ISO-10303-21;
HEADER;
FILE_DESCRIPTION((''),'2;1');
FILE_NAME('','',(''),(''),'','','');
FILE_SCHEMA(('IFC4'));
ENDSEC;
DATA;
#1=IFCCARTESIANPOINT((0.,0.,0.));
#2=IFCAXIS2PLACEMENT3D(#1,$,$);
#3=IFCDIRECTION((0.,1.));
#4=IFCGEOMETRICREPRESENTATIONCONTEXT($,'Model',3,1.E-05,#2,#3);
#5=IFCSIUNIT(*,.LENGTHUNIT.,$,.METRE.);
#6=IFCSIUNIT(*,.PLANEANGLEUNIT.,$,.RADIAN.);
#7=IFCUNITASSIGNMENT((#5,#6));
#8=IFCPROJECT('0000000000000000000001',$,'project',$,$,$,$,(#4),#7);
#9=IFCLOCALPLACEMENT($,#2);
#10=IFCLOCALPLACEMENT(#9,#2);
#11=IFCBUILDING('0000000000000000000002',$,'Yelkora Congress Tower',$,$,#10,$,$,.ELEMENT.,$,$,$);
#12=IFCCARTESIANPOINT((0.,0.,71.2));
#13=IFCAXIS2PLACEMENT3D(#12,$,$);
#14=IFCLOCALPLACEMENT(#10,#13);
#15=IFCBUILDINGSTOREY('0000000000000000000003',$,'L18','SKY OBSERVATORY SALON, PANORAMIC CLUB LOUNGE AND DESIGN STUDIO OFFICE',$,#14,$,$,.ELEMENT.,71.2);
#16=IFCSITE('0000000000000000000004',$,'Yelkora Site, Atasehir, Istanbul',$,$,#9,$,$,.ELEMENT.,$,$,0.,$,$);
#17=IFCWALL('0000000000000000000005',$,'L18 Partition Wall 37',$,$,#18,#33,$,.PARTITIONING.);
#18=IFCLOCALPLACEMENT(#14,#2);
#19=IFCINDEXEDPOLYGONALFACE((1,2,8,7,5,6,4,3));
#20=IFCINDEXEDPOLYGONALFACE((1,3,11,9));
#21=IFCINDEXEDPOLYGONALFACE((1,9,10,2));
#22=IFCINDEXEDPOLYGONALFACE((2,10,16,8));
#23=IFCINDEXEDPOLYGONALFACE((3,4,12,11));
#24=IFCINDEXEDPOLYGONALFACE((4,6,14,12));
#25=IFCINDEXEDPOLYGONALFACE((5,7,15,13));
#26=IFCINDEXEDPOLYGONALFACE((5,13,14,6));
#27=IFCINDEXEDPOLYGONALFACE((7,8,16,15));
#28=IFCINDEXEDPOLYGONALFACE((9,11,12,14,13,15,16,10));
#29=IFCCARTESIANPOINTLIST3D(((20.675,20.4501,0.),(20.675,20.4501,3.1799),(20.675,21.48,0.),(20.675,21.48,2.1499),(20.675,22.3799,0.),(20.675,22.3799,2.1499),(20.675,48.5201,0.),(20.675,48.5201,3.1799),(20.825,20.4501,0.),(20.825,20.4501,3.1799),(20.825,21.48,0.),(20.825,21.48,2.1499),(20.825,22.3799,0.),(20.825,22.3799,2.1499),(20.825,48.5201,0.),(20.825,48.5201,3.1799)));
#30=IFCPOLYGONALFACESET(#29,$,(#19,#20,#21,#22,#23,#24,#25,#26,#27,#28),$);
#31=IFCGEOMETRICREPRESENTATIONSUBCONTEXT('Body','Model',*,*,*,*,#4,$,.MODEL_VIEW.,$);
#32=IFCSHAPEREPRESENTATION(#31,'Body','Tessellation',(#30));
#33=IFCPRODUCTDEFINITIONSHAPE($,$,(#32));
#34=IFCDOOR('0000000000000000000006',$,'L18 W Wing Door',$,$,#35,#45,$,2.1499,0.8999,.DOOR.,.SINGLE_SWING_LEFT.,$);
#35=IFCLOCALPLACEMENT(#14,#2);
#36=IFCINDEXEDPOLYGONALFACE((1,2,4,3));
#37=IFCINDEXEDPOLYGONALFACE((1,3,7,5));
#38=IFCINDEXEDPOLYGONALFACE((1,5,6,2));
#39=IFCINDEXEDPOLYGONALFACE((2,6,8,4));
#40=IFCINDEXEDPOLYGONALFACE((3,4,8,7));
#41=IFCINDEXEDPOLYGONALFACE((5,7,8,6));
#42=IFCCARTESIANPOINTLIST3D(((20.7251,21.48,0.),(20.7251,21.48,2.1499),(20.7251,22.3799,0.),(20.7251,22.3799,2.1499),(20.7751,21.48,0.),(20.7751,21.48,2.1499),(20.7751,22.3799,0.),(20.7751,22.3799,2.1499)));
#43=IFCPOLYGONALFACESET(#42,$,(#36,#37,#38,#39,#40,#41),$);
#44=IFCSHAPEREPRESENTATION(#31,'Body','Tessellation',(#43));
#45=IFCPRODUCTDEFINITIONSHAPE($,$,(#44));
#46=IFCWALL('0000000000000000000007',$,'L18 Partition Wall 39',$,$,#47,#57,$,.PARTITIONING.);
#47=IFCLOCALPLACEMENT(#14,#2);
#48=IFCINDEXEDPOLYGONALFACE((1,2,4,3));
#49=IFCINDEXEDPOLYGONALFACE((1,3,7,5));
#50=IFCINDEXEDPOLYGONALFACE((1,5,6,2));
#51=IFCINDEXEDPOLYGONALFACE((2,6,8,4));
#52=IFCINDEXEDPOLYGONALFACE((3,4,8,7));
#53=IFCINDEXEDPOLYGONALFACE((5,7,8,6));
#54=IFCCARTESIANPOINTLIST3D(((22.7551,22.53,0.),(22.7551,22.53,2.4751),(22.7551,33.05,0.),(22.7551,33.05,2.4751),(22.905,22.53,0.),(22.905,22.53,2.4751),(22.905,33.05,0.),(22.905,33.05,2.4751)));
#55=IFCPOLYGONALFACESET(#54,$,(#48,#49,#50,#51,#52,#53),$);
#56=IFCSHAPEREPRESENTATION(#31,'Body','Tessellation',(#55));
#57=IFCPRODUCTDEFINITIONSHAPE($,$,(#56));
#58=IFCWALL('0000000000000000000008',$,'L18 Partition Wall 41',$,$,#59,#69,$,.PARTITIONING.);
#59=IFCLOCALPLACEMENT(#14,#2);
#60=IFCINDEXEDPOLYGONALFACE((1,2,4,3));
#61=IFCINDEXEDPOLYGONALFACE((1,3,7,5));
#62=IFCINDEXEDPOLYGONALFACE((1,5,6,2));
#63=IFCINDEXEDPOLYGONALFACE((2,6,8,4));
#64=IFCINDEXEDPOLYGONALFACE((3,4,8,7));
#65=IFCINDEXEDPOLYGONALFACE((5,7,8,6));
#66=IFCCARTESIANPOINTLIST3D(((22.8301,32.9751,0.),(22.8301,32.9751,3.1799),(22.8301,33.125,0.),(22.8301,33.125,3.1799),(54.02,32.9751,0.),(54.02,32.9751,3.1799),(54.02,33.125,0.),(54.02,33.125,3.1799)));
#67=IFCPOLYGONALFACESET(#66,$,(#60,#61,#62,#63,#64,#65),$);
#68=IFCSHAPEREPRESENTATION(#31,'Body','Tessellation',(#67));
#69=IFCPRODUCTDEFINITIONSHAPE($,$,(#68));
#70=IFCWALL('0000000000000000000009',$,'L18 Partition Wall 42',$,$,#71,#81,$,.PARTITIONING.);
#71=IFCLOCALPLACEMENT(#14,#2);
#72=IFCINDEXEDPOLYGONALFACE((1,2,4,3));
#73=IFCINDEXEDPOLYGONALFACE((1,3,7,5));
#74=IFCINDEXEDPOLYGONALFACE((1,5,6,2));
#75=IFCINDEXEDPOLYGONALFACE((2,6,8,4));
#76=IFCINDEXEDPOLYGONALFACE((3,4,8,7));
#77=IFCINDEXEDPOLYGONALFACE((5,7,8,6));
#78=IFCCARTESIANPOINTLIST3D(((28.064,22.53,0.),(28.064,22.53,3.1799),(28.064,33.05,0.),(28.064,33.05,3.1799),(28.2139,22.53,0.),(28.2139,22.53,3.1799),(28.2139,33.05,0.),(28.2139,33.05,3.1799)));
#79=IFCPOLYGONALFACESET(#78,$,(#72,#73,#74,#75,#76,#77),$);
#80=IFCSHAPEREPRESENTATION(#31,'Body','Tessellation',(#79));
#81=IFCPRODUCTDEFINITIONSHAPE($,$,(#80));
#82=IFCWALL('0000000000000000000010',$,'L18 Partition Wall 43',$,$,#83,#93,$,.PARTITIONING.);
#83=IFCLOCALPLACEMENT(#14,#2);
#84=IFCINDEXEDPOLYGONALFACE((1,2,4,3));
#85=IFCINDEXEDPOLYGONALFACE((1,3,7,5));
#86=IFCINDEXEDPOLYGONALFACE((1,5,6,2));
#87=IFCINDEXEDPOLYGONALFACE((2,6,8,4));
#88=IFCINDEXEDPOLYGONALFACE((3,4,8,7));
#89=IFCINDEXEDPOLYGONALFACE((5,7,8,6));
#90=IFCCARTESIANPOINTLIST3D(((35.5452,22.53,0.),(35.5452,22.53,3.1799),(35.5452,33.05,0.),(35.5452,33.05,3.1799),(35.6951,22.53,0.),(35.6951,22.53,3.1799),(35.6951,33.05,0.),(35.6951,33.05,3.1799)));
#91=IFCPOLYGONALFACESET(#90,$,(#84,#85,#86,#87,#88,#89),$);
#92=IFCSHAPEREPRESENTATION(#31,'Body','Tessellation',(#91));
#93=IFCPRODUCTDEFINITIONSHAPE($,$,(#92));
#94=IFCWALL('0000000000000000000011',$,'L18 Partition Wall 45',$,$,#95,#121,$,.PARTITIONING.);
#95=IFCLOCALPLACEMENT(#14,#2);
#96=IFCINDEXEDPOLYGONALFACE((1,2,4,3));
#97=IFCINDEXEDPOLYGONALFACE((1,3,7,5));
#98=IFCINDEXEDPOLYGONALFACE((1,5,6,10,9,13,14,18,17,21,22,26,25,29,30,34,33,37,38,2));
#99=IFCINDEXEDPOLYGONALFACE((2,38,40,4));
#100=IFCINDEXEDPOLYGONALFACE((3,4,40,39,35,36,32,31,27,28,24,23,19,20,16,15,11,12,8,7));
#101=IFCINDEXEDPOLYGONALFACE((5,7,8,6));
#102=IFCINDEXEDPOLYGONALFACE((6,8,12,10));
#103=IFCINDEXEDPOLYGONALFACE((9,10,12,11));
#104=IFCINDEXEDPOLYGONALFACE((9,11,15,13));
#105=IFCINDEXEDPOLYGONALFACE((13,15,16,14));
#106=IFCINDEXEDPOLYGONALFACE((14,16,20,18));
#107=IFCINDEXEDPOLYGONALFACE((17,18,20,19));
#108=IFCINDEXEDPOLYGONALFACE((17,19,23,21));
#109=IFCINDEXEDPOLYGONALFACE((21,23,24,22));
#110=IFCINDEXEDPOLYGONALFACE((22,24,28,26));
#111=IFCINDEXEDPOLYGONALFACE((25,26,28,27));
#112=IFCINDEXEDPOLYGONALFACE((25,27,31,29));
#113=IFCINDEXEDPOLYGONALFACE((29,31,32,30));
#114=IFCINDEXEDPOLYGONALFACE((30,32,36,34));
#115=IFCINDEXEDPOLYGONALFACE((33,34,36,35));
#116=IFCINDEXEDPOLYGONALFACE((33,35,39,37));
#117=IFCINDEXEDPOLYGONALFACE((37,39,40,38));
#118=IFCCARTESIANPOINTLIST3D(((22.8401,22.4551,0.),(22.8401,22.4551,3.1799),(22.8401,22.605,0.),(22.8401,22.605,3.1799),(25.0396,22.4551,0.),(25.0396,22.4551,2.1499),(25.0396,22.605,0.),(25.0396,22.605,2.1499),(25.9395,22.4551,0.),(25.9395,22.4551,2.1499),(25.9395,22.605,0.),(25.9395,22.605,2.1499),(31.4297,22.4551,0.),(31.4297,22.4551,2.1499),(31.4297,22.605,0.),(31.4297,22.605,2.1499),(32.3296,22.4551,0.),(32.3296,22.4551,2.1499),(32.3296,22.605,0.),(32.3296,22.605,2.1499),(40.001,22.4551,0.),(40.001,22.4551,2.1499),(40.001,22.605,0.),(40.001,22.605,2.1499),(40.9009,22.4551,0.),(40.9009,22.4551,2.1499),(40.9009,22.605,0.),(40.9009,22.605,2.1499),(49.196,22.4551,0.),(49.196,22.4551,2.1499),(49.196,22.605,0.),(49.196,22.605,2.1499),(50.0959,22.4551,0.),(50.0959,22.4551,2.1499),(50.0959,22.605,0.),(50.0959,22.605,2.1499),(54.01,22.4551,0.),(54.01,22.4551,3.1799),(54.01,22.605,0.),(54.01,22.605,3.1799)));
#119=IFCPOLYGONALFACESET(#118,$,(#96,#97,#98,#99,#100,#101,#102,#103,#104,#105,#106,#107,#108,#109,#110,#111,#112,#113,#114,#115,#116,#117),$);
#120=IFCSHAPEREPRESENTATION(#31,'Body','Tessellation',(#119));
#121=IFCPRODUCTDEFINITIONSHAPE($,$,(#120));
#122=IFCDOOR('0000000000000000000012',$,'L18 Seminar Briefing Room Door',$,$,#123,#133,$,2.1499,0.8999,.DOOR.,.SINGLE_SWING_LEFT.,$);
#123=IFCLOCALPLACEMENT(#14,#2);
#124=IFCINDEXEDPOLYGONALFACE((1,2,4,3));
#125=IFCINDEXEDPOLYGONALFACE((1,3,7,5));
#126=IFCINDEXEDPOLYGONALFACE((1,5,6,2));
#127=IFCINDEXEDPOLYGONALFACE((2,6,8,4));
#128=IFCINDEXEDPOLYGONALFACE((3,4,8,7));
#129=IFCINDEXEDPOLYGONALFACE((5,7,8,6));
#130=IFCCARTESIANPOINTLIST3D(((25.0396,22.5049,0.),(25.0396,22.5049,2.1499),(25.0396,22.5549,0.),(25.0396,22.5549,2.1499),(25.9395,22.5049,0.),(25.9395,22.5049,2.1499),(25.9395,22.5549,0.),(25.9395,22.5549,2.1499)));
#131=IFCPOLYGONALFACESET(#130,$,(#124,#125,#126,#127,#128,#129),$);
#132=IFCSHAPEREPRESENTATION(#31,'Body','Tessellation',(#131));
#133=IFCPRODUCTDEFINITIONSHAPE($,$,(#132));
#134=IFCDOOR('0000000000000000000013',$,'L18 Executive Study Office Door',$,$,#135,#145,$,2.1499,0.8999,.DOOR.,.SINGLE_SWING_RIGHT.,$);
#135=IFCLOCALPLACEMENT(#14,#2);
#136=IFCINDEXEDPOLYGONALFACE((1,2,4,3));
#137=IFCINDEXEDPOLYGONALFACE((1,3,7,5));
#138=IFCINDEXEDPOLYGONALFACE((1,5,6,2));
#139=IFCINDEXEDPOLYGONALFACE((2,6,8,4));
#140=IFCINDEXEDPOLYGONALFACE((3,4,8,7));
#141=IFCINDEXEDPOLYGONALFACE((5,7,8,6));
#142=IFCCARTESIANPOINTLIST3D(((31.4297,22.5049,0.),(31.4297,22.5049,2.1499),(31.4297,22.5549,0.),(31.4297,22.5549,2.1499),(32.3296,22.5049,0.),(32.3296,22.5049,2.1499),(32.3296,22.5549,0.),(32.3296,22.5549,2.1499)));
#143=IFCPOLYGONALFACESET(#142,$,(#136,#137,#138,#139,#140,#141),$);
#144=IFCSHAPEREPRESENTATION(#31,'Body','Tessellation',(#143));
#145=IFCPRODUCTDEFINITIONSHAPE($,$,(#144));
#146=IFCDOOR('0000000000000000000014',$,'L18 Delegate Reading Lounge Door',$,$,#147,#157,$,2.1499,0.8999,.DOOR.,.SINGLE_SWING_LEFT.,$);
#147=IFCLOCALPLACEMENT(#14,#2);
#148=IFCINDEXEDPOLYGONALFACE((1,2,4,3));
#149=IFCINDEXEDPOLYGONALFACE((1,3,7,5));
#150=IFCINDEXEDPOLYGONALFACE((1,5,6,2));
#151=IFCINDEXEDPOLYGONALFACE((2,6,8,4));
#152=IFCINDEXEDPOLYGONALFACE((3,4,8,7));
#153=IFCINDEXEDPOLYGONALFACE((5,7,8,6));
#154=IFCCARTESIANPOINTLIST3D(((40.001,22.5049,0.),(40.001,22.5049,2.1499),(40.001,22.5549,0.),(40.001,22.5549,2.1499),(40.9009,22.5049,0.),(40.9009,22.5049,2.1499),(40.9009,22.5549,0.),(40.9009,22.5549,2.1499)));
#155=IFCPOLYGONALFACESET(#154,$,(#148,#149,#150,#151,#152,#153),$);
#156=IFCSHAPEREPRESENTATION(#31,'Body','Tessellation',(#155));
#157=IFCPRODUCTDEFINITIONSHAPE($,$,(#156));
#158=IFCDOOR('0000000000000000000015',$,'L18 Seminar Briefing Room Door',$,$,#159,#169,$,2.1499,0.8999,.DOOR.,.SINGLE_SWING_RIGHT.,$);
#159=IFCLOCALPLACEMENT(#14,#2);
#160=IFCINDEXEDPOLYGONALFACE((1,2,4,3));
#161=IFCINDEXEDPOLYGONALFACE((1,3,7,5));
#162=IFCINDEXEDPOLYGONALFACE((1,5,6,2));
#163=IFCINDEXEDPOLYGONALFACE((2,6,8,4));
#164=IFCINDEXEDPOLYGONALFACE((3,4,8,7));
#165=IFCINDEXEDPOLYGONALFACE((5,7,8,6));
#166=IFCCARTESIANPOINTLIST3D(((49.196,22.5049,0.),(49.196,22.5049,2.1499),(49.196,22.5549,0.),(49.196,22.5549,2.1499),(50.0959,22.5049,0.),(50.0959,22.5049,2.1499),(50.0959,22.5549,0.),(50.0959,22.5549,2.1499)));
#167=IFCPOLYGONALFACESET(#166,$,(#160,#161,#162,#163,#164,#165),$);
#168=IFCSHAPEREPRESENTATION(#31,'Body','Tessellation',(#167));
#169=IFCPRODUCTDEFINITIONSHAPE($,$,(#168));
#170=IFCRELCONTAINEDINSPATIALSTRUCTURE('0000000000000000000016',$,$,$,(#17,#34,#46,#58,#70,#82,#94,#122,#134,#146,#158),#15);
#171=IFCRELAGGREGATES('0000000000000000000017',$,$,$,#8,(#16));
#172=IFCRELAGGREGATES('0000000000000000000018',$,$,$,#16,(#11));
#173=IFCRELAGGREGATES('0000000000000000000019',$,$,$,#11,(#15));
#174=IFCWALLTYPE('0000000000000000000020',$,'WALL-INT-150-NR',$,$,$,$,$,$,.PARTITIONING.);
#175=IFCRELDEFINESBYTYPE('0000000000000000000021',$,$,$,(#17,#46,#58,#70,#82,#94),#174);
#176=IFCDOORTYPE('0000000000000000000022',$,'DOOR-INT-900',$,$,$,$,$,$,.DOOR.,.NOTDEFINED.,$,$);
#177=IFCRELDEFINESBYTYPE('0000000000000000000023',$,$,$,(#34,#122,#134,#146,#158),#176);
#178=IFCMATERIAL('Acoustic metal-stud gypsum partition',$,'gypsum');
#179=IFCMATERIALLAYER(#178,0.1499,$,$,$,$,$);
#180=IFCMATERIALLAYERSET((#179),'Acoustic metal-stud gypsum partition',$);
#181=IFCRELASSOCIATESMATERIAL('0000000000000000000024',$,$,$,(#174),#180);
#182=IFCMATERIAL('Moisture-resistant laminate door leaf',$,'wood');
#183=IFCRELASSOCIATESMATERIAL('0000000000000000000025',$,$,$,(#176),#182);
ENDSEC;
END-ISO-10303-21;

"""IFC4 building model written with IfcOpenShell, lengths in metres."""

from ifc_helpers import new_model, si_unit, direction, frame, frame_2d, origin, place, context, subcontext, project, spatial, rectangle, extrude, material, layer, layer_set, type_object, element, fill, save


model = new_model("IFC4")

# Units and contexts
model_context = context("Model", 3, precision=1e-05, world=origin(), true_north=direction((0.0, 1.0)))
body_context = subcontext(model_context, "Body", "Model", "MODEL_VIEW")
ifc_project = project(units=[si_unit("LENGTHUNIT", "METRE"), si_unit("PLANEANGLEUNIT", "RADIAN")], contexts=[model_context])

# Site, building, storey
site_placement = place(None, origin())
site = spatial("IfcSite", under=ifc_project, at=site_placement, Name="Yelkora Site, Atasehir, Istanbul", CompositionType="ELEMENT", RefElevation=0.0)
building_placement = place(site_placement, origin())
building = spatial("IfcBuilding", under=site, at=building_placement, Name="Yelkora Congress Tower", CompositionType="ELEMENT")
storey_placement = place(building_placement, frame((0.0, 0.0, 71.2)))
storey = spatial("IfcBuildingStorey", under=building, at=storey_placement, Name="L18", Description="SKY OBSERVATORY SALON, PANORAMIC CLUB LOUNGE AND DESIGN STUDIO OFFICE", CompositionType="ELEMENT", Elevation=71.2)

# Wall, opening, door
ifc_material_1 = material(Name="Acoustic metal-stud gypsum partition", Category="gypsum")
ifc_layer = layer(ifc_material_1, 0.1499)
ifc_layer_set = layer_set([ifc_layer], Name="Acoustic metal-stud gypsum partition")
wall_type = type_object("IfcWallType", Name="WALL-INT-150-NR", PredefinedType="PARTITIONING", material=ifc_layer_set)
wall_1_placement = place(storey_placement, frame((20.75, 20.45, 0.0), z_axis=(0.0, 0.0, 1.0), x_axis=(0.0, 1.0, 0.0)))
wall_1 = element("IfcWall", 1, at=wall_1_placement, inside=storey, type_object=wall_type, Name="L18 Partition Wall 37", PredefinedType="PARTITIONING", context=body_context, shape_type="SweptSolid", body=[
    extrude(rectangle(XDim=28.0701, YDim=0.1499, at=frame_2d((14.0352, 0.0))), origin(), (0.0, 0.0, 1.0), 3.1799),
])
opening_1_placement = place(wall_1_placement, frame((1.03, 0.0, 0.0)))
opening_1 = element("IfcOpeningElement", 2, at=opening_1_placement, cuts=wall_1, PredefinedType="OPENING", context=body_context, shape_type="SweptSolid", body=[
    extrude(rectangle(XDim=0.8999, YDim=2.1499, at=frame_2d((0.45, 1.075))), frame((0.0, 0.085, 0.0), z_axis=(0.0, -1.0, 0.0), x_axis=(1.0, 0.0, 0.0)), (0.0, 0.0, 1.0), 0.1699),
])
ifc_material_2 = material(Name="Moisture-resistant laminate door leaf", Category="wood")
door_type = type_object("IfcDoorType", Name="DOOR-INT-900", OperationType="NOTDEFINED", PredefinedType="DOOR", material=ifc_material_2)
door_1_placement = place(opening_1_placement, origin())
door_1 = element("IfcDoor", 3, at=door_1_placement, inside=storey, type_object=door_type, Name="L18 W Wing Door", OperationType="SINGLE_SWING_LEFT", OverallHeight=2.1499, OverallWidth=0.8999, PredefinedType="DOOR", context=body_context, shape_type="SweptSolid", body=[
    extrude(rectangle(XDim=0.8999, YDim=2.1499, at=frame_2d((0.45, 1.075))), frame((0.0, 0.0249, 0.0), z_axis=(0.0, -1.0, 0.0), x_axis=(1.0, 0.0, 0.0)), (0.0, 0.0, 1.0), 0.05),
])
fill(opening_1, door_1)

# Walls
wall_2_placement = place(storey_placement, frame((22.8301, 22.53, 0.0), z_axis=(0.0, 0.0, 1.0), x_axis=(0.0, 1.0, 0.0)))
element("IfcWall", 4, at=wall_2_placement, inside=storey, type_object=wall_type, Name="L18 Partition Wall 39", PredefinedType="PARTITIONING", context=body_context, shape_type="SweptSolid", body=[
    extrude(rectangle(XDim=10.52, YDim=0.1499, at=frame_2d((5.26, 0.0))), origin(), (0.0, 0.0, 1.0), 2.4751),
])
wall_3_placement = place(storey_placement, frame((22.8301, 33.05, 0.0), z_axis=(0.0, 0.0, 1.0), x_axis=(1.0, 0.0, 0.0)))
element("IfcWall", 5, at=wall_3_placement, inside=storey, type_object=wall_type, Name="L18 Partition Wall 41", PredefinedType="PARTITIONING", context=body_context, shape_type="SweptSolid", body=[
    extrude(rectangle(XDim=31.1899, YDim=0.1499, at=frame_2d((15.595, 0.0))), origin(), (0.0, 0.0, 1.0), 3.1799),
])
for number, where, z_axis, x_axis, name in (
    (6, (28.1389, 22.53, 0.0), (0.0, 0.0, 1.0), (0.0, 1.0, 0.0), "L18 Partition Wall 42"),
    (7, (35.6201, 22.53, 0.0), (0.0, 0.0, 1.0), (0.0, 1.0, 0.0), "L18 Partition Wall 43"),
):
    element("IfcWall", number, at=place(storey_placement, frame(where, z_axis=z_axis, x_axis=x_axis)), inside=storey, type_object=wall_type, Name=name, PredefinedType="PARTITIONING", context=body_context, shape_type="SweptSolid", body=[
        extrude(rectangle(XDim=10.52, YDim=0.1499, at=frame_2d((5.26, 0.0))), origin(), (0.0, 0.0, 1.0), 3.1799),
    ])

# Wall, openings, doors
wall_4_placement = place(storey_placement, frame((22.8401, 22.53, 0.0), z_axis=(0.0, 0.0, 1.0), x_axis=(1.0, 0.0, 0.0)))
wall_4 = element("IfcWall", 8, at=wall_4_placement, inside=storey, type_object=wall_type, Name="L18 Partition Wall 45", PredefinedType="PARTITIONING", context=body_context, shape_type="SweptSolid", body=[
    extrude(rectangle(XDim=31.1699, YDim=0.1499, at=frame_2d((15.585, 0.0))), origin(), (0.0, 0.0, 1.0), 3.1799),
])
opening_2_placement = place(wall_4_placement, frame((2.1995, 0.0, 0.0)))
opening_2 = element("IfcOpeningElement", 9, at=opening_2_placement, cuts=wall_4, PredefinedType="OPENING", context=body_context, shape_type="SweptSolid", body=[
    extrude(rectangle(XDim=0.8999, YDim=2.1499, at=frame_2d((0.45, 1.075))), frame((0.0, 0.085, 0.0), z_axis=(0.0, -1.0, 0.0), x_axis=(1.0, 0.0, 0.0)), (0.0, 0.0, 1.0), 0.1699),
])
opening_3_placement = place(wall_4_placement, frame((8.5896, 0.0, 0.0)))
opening_3 = element("IfcOpeningElement", 10, at=opening_3_placement, cuts=wall_4, PredefinedType="OPENING", context=body_context, shape_type="SweptSolid", body=[
    extrude(rectangle(XDim=0.8999, YDim=2.1499, at=frame_2d((0.45, 1.075))), frame((0.0, 0.085, 0.0), z_axis=(0.0, -1.0, 0.0), x_axis=(1.0, 0.0, 0.0)), (0.0, 0.0, 1.0), 0.1699),
])
opening_4_placement = place(wall_4_placement, frame((17.1609, 0.0, 0.0)))
opening_4 = element("IfcOpeningElement", 11, at=opening_4_placement, cuts=wall_4, PredefinedType="OPENING", context=body_context, shape_type="SweptSolid", body=[
    extrude(rectangle(XDim=0.8999, YDim=2.1499, at=frame_2d((0.45, 1.075))), frame((0.0, 0.085, 0.0), z_axis=(0.0, -1.0, 0.0), x_axis=(1.0, 0.0, 0.0)), (0.0, 0.0, 1.0), 0.1699),
])
opening_5_placement = place(wall_4_placement, frame((26.356, 0.0, 0.0)))
opening_5 = element("IfcOpeningElement", 12, at=opening_5_placement, cuts=wall_4, PredefinedType="OPENING", context=body_context, shape_type="SweptSolid", body=[
    extrude(rectangle(XDim=0.8999, YDim=2.1499, at=frame_2d((0.45, 1.075))), frame((0.0, 0.085, 0.0), z_axis=(0.0, -1.0, 0.0), x_axis=(1.0, 0.0, 0.0)), (0.0, 0.0, 1.0), 0.1699),
])
door_2_placement = place(opening_2_placement, origin())
door_2 = element("IfcDoor", 13, at=door_2_placement, inside=storey, type_object=door_type, Name="L18 Seminar Briefing Room Door", OperationType="SINGLE_SWING_LEFT", OverallHeight=2.1499, OverallWidth=0.8999, PredefinedType="DOOR", context=body_context, shape_type="SweptSolid", body=[
    extrude(rectangle(XDim=0.8999, YDim=2.1499, at=frame_2d((0.45, 1.075))), frame((0.0, 0.0249, 0.0), z_axis=(0.0, -1.0, 0.0), x_axis=(1.0, 0.0, 0.0)), (0.0, 0.0, 1.0), 0.05),
])
fill(opening_2, door_2)
door_3_placement = place(opening_3_placement, origin())
door_3 = element("IfcDoor", 14, at=door_3_placement, inside=storey, type_object=door_type, Name="L18 Executive Study Office Door", OperationType="SINGLE_SWING_RIGHT", OverallHeight=2.1499, OverallWidth=0.8999, PredefinedType="DOOR", context=body_context, shape_type="SweptSolid", body=[
    extrude(rectangle(XDim=0.8999, YDim=2.1499, at=frame_2d((0.45, 1.075))), frame((0.0, 0.0249, 0.0), z_axis=(0.0, -1.0, 0.0), x_axis=(1.0, 0.0, 0.0)), (0.0, 0.0, 1.0), 0.05),
])
fill(opening_3, door_3)
door_4_placement = place(opening_4_placement, origin())
door_4 = element("IfcDoor", 15, at=door_4_placement, inside=storey, type_object=door_type, Name="L18 Delegate Reading Lounge Door", OperationType="SINGLE_SWING_LEFT", OverallHeight=2.1499, OverallWidth=0.8999, PredefinedType="DOOR", context=body_context, shape_type="SweptSolid", body=[
    extrude(rectangle(XDim=0.8999, YDim=2.1499, at=frame_2d((0.45, 1.075))), frame((0.0, 0.0249, 0.0), z_axis=(0.0, -1.0, 0.0), x_axis=(1.0, 0.0, 0.0)), (0.0, 0.0, 1.0), 0.05),
])
fill(opening_4, door_4)
door_5_placement = place(opening_5_placement, origin())
door_5 = element("IfcDoor", 16, at=door_5_placement, inside=storey, type_object=door_type, Name="L18 Seminar Briefing Room Door", OperationType="SINGLE_SWING_RIGHT", OverallHeight=2.1499, OverallWidth=0.8999, PredefinedType="DOOR", context=body_context, shape_type="SweptSolid", body=[
    extrude(rectangle(XDim=0.8999, YDim=2.1499, at=frame_2d((0.45, 1.075))), frame((0.0, 0.0249, 0.0), z_axis=(0.0, -1.0, 0.0), x_axis=(1.0, 0.0, 0.0)), (0.0, 0.0, 1.0), 0.05),
])
fill(opening_5, door_5)

save(model, "model.ifc")
